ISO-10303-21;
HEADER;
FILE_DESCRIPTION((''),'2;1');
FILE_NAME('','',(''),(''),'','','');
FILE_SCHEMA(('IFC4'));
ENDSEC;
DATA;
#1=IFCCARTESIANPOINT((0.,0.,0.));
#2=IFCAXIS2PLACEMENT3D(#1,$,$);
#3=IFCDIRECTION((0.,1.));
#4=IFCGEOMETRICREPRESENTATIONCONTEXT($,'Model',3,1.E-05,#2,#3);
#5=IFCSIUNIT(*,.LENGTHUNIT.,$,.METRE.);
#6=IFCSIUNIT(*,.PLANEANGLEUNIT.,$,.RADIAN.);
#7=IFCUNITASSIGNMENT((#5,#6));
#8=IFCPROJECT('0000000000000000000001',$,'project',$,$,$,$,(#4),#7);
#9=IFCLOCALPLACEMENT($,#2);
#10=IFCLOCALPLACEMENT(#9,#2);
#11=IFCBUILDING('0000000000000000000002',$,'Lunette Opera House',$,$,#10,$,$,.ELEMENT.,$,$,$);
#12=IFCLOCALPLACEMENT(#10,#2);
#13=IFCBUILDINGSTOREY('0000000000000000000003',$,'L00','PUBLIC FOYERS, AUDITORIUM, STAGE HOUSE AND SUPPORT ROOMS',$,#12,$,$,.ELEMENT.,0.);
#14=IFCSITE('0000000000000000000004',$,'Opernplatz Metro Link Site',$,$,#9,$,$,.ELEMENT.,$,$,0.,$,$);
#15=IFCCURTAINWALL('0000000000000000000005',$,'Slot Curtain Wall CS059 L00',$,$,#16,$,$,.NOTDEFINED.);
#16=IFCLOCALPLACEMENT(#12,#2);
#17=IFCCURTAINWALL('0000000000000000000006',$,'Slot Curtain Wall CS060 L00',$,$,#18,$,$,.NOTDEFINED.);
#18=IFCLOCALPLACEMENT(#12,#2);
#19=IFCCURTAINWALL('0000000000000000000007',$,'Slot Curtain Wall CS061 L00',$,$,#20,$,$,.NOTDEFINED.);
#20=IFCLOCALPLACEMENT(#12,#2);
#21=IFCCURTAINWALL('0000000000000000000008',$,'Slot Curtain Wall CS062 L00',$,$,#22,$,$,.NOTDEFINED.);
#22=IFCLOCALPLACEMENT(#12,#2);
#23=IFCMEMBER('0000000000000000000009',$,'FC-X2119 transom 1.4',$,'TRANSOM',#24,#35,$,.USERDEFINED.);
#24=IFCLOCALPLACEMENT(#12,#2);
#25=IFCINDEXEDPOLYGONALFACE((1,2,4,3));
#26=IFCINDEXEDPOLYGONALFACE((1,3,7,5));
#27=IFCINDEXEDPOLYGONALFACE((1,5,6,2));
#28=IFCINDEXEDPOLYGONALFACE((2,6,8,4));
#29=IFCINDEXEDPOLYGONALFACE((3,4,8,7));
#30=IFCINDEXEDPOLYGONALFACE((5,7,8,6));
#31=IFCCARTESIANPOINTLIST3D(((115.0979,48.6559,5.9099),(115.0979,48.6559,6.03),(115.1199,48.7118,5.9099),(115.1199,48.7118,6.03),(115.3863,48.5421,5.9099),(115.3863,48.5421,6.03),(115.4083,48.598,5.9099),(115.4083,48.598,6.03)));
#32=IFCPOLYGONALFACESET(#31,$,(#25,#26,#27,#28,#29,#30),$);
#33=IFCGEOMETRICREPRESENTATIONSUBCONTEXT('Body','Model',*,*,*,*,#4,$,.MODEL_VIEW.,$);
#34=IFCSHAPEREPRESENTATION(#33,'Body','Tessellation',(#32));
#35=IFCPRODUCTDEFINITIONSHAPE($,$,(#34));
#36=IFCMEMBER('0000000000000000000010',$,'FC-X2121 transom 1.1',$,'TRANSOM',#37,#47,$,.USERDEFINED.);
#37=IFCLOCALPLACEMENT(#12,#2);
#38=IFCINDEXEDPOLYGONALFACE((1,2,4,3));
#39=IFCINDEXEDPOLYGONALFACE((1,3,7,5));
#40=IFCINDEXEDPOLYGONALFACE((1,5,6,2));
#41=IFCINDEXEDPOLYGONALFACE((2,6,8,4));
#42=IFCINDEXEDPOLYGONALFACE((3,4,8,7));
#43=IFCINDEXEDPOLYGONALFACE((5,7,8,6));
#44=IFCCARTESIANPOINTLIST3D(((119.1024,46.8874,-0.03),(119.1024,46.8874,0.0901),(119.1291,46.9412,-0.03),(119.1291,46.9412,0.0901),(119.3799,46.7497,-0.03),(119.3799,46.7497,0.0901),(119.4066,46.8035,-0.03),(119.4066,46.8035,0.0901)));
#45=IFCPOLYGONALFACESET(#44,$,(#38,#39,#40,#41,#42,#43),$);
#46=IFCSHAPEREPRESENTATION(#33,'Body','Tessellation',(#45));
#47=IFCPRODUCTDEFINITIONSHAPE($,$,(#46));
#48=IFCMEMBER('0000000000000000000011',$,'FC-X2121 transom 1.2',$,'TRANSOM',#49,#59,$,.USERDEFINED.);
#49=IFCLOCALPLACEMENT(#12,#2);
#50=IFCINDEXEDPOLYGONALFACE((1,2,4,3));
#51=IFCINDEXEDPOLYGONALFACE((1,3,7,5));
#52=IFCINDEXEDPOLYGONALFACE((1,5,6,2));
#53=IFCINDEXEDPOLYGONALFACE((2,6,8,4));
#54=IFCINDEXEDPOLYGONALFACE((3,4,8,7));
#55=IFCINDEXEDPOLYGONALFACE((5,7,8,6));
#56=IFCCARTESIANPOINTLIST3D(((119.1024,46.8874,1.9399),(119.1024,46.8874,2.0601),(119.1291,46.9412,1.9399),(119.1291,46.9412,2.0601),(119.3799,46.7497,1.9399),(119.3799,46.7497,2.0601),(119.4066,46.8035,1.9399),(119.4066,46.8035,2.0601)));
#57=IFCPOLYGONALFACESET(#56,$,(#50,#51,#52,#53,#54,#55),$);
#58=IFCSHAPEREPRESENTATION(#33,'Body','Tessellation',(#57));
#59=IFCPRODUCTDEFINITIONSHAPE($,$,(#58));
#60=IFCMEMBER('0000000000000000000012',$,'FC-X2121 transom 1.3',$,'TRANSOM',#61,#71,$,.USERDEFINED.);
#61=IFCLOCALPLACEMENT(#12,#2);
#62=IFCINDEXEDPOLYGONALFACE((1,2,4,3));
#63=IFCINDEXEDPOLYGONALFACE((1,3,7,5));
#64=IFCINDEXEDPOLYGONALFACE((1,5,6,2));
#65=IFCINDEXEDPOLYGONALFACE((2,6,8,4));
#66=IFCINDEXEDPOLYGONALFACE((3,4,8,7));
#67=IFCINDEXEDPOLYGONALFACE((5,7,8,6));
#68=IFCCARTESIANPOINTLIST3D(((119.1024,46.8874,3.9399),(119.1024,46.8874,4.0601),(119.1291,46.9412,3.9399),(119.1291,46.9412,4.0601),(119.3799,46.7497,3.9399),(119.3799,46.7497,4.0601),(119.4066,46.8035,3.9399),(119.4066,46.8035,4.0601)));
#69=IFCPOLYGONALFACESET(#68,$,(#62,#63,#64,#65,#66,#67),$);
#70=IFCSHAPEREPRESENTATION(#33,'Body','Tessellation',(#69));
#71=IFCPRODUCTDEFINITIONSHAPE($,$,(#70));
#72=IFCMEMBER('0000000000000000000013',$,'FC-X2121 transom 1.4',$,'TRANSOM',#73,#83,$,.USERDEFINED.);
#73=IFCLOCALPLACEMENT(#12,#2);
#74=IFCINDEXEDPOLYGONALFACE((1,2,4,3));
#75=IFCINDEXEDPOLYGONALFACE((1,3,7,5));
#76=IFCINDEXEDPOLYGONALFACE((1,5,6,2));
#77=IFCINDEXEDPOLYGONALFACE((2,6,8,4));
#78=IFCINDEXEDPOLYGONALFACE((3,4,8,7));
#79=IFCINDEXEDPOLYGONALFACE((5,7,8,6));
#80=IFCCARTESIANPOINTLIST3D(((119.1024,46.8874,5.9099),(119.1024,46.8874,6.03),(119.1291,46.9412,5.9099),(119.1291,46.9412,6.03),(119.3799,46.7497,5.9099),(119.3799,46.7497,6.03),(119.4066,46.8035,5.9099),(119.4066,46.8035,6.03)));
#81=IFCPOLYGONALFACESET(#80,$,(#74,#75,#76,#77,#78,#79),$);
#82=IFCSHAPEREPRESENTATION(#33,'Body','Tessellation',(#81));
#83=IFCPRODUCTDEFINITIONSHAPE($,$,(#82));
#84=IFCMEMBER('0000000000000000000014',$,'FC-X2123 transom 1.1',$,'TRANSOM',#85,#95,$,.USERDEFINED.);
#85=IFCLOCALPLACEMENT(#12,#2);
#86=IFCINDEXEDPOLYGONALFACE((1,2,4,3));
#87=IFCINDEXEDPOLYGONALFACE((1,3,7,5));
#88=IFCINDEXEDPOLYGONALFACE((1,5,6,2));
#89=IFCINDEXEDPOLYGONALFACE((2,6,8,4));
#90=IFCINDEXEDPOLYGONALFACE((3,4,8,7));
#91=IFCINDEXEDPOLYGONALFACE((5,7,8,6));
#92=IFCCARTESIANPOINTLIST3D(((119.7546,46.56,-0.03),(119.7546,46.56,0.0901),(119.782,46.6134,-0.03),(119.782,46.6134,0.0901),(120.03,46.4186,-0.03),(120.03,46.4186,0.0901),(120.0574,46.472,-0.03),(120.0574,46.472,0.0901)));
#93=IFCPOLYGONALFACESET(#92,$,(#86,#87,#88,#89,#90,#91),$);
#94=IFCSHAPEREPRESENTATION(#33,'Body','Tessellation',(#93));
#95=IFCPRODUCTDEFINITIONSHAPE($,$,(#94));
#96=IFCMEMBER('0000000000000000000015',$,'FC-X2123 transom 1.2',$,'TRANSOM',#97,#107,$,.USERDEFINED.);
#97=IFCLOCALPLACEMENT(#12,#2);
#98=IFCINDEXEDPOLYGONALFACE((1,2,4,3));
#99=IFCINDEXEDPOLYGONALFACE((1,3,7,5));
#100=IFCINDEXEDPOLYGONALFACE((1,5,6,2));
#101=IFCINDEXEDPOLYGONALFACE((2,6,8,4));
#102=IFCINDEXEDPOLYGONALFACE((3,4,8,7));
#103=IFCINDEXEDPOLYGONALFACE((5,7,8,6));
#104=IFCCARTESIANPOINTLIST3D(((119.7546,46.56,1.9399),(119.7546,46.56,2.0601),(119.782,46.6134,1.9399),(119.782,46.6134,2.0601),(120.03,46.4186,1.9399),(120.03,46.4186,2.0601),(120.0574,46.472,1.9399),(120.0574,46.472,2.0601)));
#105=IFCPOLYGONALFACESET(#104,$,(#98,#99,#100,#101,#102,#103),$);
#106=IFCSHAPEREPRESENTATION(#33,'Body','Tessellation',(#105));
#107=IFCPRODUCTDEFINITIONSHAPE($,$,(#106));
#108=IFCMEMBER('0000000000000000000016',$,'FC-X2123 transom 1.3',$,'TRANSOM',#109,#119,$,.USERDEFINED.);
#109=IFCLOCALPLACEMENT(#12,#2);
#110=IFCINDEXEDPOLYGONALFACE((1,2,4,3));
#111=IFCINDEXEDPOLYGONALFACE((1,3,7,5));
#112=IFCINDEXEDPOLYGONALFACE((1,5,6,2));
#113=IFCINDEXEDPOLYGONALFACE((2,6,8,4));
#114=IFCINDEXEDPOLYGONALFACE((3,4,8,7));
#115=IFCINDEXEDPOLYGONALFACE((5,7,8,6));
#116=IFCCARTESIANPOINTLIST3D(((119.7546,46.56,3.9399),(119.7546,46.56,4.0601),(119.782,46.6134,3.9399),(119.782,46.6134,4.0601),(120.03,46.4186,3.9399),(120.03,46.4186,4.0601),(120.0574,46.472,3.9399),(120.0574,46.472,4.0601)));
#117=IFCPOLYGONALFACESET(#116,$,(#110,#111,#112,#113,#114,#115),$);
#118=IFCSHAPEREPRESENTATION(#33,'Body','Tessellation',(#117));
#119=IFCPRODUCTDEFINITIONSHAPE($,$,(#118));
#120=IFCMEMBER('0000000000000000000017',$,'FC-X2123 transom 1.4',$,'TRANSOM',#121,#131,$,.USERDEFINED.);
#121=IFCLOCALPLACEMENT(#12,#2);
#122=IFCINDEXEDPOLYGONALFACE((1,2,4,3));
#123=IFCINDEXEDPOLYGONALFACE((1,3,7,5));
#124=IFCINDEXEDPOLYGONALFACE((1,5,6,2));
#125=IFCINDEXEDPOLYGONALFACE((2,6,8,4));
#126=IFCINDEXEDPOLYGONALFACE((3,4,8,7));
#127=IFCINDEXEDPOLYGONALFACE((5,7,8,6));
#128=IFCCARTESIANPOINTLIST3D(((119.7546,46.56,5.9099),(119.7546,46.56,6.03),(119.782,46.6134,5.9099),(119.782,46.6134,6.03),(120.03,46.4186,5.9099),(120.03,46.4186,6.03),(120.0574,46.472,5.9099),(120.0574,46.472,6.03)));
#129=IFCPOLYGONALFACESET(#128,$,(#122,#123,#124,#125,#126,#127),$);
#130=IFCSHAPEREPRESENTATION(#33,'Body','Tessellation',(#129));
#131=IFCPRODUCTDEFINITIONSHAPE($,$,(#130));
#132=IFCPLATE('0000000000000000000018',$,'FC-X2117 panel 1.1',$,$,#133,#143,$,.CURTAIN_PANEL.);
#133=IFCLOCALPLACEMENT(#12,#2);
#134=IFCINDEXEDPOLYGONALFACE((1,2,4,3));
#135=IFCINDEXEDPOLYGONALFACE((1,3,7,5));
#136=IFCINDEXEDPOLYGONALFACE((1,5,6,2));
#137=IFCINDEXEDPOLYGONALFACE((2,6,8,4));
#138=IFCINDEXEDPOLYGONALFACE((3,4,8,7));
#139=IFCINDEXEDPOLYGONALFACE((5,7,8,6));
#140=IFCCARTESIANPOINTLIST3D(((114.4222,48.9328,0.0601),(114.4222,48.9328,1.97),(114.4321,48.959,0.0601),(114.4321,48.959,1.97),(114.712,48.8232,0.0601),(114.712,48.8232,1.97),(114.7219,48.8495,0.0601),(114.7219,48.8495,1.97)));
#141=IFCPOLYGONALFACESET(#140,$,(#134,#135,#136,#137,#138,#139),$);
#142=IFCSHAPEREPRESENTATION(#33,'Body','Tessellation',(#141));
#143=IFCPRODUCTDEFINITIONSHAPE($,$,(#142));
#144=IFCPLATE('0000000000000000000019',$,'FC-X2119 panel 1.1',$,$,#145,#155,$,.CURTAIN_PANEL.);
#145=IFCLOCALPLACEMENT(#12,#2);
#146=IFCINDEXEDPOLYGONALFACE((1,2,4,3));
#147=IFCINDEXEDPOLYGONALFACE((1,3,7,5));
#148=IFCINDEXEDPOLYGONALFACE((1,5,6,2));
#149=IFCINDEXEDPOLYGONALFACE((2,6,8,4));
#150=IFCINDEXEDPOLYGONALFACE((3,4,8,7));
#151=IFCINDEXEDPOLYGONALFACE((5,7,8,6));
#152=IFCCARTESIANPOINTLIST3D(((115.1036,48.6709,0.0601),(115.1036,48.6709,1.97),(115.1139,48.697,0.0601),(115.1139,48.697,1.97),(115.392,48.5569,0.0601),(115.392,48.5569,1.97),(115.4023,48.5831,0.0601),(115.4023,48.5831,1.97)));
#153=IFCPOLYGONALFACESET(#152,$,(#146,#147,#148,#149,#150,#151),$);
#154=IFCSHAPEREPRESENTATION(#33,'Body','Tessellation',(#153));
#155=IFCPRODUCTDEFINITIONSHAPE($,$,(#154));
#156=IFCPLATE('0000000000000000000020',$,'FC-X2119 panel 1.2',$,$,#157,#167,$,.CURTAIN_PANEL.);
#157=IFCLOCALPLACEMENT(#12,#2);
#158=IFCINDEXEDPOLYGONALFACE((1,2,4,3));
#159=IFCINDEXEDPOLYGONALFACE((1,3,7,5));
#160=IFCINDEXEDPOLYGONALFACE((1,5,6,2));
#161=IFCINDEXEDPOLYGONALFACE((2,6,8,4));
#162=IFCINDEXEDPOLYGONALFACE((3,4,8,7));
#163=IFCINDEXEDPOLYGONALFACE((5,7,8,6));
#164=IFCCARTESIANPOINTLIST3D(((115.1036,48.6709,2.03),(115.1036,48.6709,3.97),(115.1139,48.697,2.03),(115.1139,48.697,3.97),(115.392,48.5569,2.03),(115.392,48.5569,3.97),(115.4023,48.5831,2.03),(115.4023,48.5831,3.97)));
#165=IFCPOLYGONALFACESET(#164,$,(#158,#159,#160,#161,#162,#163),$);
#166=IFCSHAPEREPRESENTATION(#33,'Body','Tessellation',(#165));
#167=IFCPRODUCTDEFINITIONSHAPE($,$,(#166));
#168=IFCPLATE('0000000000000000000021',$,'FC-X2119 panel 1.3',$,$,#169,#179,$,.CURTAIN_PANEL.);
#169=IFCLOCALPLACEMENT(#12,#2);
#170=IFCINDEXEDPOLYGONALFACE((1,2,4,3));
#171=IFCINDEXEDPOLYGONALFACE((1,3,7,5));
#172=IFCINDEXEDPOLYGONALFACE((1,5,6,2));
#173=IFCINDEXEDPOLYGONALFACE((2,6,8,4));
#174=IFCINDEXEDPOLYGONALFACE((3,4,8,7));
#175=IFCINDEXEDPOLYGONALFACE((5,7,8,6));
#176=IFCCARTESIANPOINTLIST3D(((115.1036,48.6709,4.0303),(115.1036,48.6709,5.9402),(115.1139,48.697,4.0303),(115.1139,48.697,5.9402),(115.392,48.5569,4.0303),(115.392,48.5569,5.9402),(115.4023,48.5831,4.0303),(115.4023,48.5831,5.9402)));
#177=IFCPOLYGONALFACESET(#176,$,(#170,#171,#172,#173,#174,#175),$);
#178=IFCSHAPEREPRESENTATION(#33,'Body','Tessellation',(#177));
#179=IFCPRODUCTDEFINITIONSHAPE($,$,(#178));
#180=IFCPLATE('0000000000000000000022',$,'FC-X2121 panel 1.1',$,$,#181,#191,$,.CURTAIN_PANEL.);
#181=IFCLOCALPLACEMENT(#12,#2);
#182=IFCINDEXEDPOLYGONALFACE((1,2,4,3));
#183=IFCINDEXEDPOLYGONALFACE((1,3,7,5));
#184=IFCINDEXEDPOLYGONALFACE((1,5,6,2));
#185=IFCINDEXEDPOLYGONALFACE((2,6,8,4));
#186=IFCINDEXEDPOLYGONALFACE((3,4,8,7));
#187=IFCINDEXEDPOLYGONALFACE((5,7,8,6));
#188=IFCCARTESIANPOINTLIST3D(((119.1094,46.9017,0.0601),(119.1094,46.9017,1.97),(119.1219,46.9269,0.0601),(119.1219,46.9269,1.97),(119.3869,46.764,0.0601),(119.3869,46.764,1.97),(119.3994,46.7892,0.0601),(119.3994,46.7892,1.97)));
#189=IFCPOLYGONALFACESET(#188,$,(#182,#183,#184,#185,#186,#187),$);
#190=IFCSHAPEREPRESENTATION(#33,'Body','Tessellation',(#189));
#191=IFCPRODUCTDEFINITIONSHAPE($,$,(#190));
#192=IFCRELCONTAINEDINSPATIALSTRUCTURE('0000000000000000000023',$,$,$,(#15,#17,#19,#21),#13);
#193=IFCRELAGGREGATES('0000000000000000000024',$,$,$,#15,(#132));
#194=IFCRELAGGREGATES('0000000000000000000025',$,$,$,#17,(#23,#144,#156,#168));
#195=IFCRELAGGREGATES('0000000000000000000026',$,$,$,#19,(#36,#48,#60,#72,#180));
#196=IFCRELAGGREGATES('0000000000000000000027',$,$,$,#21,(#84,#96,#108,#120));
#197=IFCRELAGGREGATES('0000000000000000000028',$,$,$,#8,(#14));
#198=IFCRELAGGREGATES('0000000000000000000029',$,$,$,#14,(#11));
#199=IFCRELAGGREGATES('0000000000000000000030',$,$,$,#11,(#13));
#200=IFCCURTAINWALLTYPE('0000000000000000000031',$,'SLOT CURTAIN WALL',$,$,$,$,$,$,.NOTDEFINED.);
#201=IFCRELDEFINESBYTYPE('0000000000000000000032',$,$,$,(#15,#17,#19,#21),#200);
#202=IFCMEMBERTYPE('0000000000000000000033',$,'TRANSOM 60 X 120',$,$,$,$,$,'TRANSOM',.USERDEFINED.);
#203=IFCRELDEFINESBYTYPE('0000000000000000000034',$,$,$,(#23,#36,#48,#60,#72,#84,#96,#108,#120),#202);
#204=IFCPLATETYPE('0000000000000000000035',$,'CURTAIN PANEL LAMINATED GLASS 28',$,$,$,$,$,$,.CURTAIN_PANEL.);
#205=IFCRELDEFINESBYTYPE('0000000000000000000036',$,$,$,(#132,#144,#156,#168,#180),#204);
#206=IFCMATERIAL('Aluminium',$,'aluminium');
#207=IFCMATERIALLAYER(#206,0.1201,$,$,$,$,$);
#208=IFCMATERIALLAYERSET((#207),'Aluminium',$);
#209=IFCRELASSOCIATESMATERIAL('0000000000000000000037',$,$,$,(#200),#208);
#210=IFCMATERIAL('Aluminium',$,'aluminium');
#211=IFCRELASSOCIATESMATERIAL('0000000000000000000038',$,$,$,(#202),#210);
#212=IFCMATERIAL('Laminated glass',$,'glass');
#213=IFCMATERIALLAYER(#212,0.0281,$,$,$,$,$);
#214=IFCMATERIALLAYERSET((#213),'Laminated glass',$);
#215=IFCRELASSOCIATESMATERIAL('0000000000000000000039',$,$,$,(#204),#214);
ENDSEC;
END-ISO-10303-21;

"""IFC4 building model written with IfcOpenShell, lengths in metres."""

from ifc_helpers import new_model, si_unit, direction, frame, origin, origin_2d, place, context, subcontext, project, spatial, rectangle, extrude, material, layer, layer_set, material_profile, profile_set, type_object, element, aggregate, save


model = new_model("IFC4")

# Units and contexts
model_context = context("Model", 3, precision=1e-05, world=origin(), true_north=direction((0.0, 1.0)))
body_context = subcontext(model_context, "Body", "Model", "MODEL_VIEW")
ifc_project = project(units=[si_unit("LENGTHUNIT", "METRE"), si_unit("PLANEANGLEUNIT", "RADIAN")], contexts=[model_context])

# Site, building, storey
site_placement = place(None, origin())
site = spatial("IfcSite", under=ifc_project, at=site_placement, Name="Opernplatz Metro Link Site", CompositionType="ELEMENT", RefElevation=0.0)
building_placement = place(site_placement, origin())
building = spatial("IfcBuilding", under=site, at=building_placement, Name="Lunette Opera House", CompositionType="ELEMENT")
storey_placement = place(building_placement, origin())
storey = spatial("IfcBuildingStorey", under=building, at=storey_placement, Name="L00", Description="PUBLIC FOYERS, AUDITORIUM, STAGE HOUSE AND SUPPORT ROOMS", CompositionType="ELEMENT", Elevation=0.0)

# Curtain wall
ifc_material_1 = material(Name="Aluminium", Category="aluminium")
ifc_layer_1 = layer(ifc_material_1, 0.1201)
ifc_layer_set_1 = layer_set([ifc_layer_1], Name="Aluminium")
curtain_wall_type = type_object("IfcCurtainWallType", Name="SLOT CURTAIN WALL", PredefinedType="NOTDEFINED", material=ifc_layer_set_1)
curtain_wall_1_placement = place(storey_placement, origin())
curtain_wall_1 = element("IfcCurtainWall", 1, at=curtain_wall_1_placement, inside=storey, type_object=curtain_wall_type, Name="Slot Curtain Wall CS059 L00", PredefinedType="NOTDEFINED")

# Curtain walls
curtain_wall_2_placement = place(storey_placement, origin())
curtain_wall_2 = element("IfcCurtainWall", 2, at=curtain_wall_2_placement, inside=storey, type_object=curtain_wall_type, Name="Slot Curtain Wall CS060 L00", PredefinedType="NOTDEFINED")
curtain_wall_3_placement = place(storey_placement, origin())
curtain_wall_3 = element("IfcCurtainWall", 3, at=curtain_wall_3_placement, inside=storey, type_object=curtain_wall_type, Name="Slot Curtain Wall CS061 L00", PredefinedType="NOTDEFINED")

# Curtain wall
curtain_wall_4_placement = place(storey_placement, origin())
curtain_wall_4 = element("IfcCurtainWall", 4, at=curtain_wall_4_placement, inside=storey, type_object=curtain_wall_type, Name="Slot Curtain Wall CS062 L00", PredefinedType="NOTDEFINED")

# Members
ifc_material_2 = material(Name="Aluminium", Category="aluminium")
ifc_material_profile_1 = material_profile(ifc_material_2, rectangle(XDim=0.0601, YDim=0.1201, at=origin_2d()), Name="TRANSOM 60 X 120")
ifc_profile_set_1 = profile_set([ifc_material_profile_1], Name="Aluminium")
member_type_1 = type_object("IfcMemberType", Name="TRANSOM 60 X 120", ElementType="TRANSOM", PredefinedType="USERDEFINED", material=ifc_profile_set_1)
member_1_placement = place(storey_placement, frame((115.1089, 48.6838, 5.97), z_axis=(0.930205, -0.367041, 0.0), x_axis=(0.367041, 0.930205, 0.0)))
member_1 = element("IfcMember", 5, at=member_1_placement, type_object=member_type_1, Name="FC-X2119 transom 1.4", ObjectType="TRANSOM", PredefinedType="USERDEFINED", context=body_context, shape_type="SweptSolid", body=[
    extrude(rectangle(XDim=0.0601, YDim=0.1201, at=origin_2d()), origin(), (0.0, 0.0, 1.0), 0.3101),
])
member_2_placement = place(storey_placement, frame((119.1157, 46.9143, 0.03), z_axis=(0.895841, -0.444375, 0.0), x_axis=(0.444375, 0.895841, 0.0)))
member_2 = element("IfcMember", 6, at=member_2_placement, type_object=member_type_1, Name="FC-X2121 transom 1.1", ObjectType="TRANSOM", PredefinedType="USERDEFINED", context=body_context, shape_type="SweptSolid", body=[
    extrude(rectangle(XDim=0.0601, YDim=0.1201, at=origin_2d()), origin(), (0.0, 0.0, 1.0), 0.3098),
])
member_3_placement = place(storey_placement, frame((119.1157, 46.9143, 2.0), z_axis=(0.895841, -0.444375, 0.0), x_axis=(0.444375, 0.895841, 0.0)))
member_3 = element("IfcMember", 7, at=member_3_placement, type_object=member_type_1, Name="FC-X2121 transom 1.2", ObjectType="TRANSOM", PredefinedType="USERDEFINED", context=body_context, shape_type="SweptSolid", body=[
    extrude(rectangle(XDim=0.0601, YDim=0.1201, at=origin_2d()), origin(), (0.0, 0.0, 1.0), 0.3098),
])
member_4_placement = place(storey_placement, frame((119.1157, 46.9143, 4.0), z_axis=(0.895841, -0.444375, 0.0), x_axis=(0.444375, 0.895841, 0.0)))
member_4 = element("IfcMember", 8, at=member_4_placement, type_object=member_type_1, Name="FC-X2121 transom 1.3", ObjectType="TRANSOM", PredefinedType="USERDEFINED", context=body_context, shape_type="SweptSolid", body=[
    extrude(rectangle(XDim=0.0601, YDim=0.1201, at=origin_2d()), origin(), (0.0, 0.0, 1.0), 0.3098),
])
member_5_placement = place(storey_placement, frame((119.1157, 46.9143, 5.97), z_axis=(0.895841, -0.444375, 0.0), x_axis=(0.444375, 0.895841, 0.0)))
member_5 = element("IfcMember", 9, at=member_5_placement, type_object=member_type_1, Name="FC-X2121 transom 1.4", ObjectType="TRANSOM", PredefinedType="USERDEFINED", context=body_context, shape_type="SweptSolid", body=[
    extrude(rectangle(XDim=0.0601, YDim=0.1201, at=origin_2d()), origin(), (0.0, 0.0, 1.0), 0.3098),
])
member_6_placement = place(storey_placement, frame((119.7683, 46.5867, 0.03), z_axis=(0.889645, -0.456653, 0.0), x_axis=(0.456653, 0.889645, 0.0)))
member_6 = element("IfcMember", 10, at=member_6_placement, type_object=member_type_1, Name="FC-X2123 transom 1.1", ObjectType="TRANSOM", PredefinedType="USERDEFINED", context=body_context, shape_type="SweptSolid", body=[
    extrude(rectangle(XDim=0.0601, YDim=0.1201, at=origin_2d()), origin(), (0.0, 0.0, 1.0), 0.3096),
])
member_7_placement = place(storey_placement, frame((119.7683, 46.5867, 2.0), z_axis=(0.889645, -0.456653, 0.0), x_axis=(0.456653, 0.889645, 0.0)))
member_7 = element("IfcMember", 11, at=member_7_placement, type_object=member_type_1, Name="FC-X2123 transom 1.2", ObjectType="TRANSOM", PredefinedType="USERDEFINED", context=body_context, shape_type="SweptSolid", body=[
    extrude(rectangle(XDim=0.0601, YDim=0.1201, at=origin_2d()), origin(), (0.0, 0.0, 1.0), 0.3096),
])
member_8_placement = place(storey_placement, frame((119.7683, 46.5867, 4.0), z_axis=(0.889645, -0.456653, 0.0), x_axis=(0.456653, 0.889645, 0.0)))
member_8 = element("IfcMember", 12, at=member_8_placement, type_object=member_type_1, Name="FC-X2123 transom 1.3", ObjectType="TRANSOM", PredefinedType="USERDEFINED", context=body_context, shape_type="SweptSolid", body=[
    extrude(rectangle(XDim=0.0601, YDim=0.1201, at=origin_2d()), origin(), (0.0, 0.0, 1.0), 0.3096),
])
member_9_placement = place(storey_placement, frame((119.7683, 46.5867, 5.97), z_axis=(0.889645, -0.456653, 0.0), x_axis=(0.456653, 0.889645, 0.0)))
member_9 = element("IfcMember", 13, at=member_9_placement, type_object=member_type_1, Name="FC-X2123 transom 1.4", ObjectType="TRANSOM", PredefinedType="USERDEFINED", context=body_context, shape_type="SweptSolid", body=[
    extrude(rectangle(XDim=0.0601, YDim=0.1201, at=origin_2d()), origin(), (0.0, 0.0, 1.0), 0.3096),
])

# Plates
ifc_material_3 = material(Name="Laminated glass", Category="glass")
ifc_layer_2 = layer(ifc_material_3, 0.0281)
ifc_layer_set_2 = layer_set([ifc_layer_2], Name="Laminated glass")
plate_type = type_object("IfcPlateType", Name="CURTAIN PANEL LAMINATED GLASS 28", PredefinedType="CURTAIN_PANEL", material=ifc_layer_set_2)
plate_1_placement = place(storey_placement, frame((114.572, 48.8911, 0.0601), z_axis=(0.0, 0.0, 1.0), x_axis=(0.935369, -0.353672, 0.0)))
plate_1 = element("IfcPlate", 14, at=plate_1_placement, type_object=plate_type, Name="FC-X2117 panel 1.1", PredefinedType="CURTAIN_PANEL", context=body_context, shape_type="SweptSolid", body=[
    extrude(rectangle(XDim=0.3098, YDim=0.0281, at=origin_2d()), origin(), (0.0, 0.0, 1.0), 1.9099),
])
aggregate(curtain_wall_1, [plate_1])
plate_2_placement = place(storey_placement, frame((115.2529, 48.627, 0.0601), z_axis=(0.0, 0.0, 1.0), x_axis=(0.930072, -0.367378, 0.0)))
plate_2 = element("IfcPlate", 15, at=plate_2_placement, type_object=plate_type, Name="FC-X2119 panel 1.1", PredefinedType="CURTAIN_PANEL", context=body_context, shape_type="SweptSolid", body=[
    extrude(rectangle(XDim=0.3101, YDim=0.0281, at=origin_2d()), origin(), (0.0, 0.0, 1.0), 1.9099),
])
plate_3_placement = place(storey_placement, frame((115.2529, 48.627, 2.03), z_axis=(0.0, 0.0, 1.0), x_axis=(0.930072, -0.367378, 0.0)))
plate_3 = element("IfcPlate", 16, at=plate_3_placement, type_object=plate_type, Name="FC-X2119 panel 1.2", PredefinedType="CURTAIN_PANEL", context=body_context, shape_type="SweptSolid", body=[
    extrude(rectangle(XDim=0.3101, YDim=0.0281, at=origin_2d()), origin(), (0.0, 0.0, 1.0), 1.9399),
])
plate_4_placement = place(storey_placement, frame((115.2529, 48.627, 4.0303), z_axis=(0.0, 0.0, 1.0), x_axis=(0.930072, -0.367378, 0.0)))
plate_4 = element("IfcPlate", 17, at=plate_4_placement, type_object=plate_type, Name="FC-X2119 panel 1.3", PredefinedType="CURTAIN_PANEL", context=body_context, shape_type="SweptSolid", body=[
    extrude(rectangle(XDim=0.3101, YDim=0.0281, at=origin_2d()), origin(), (0.0, 0.0, 1.0), 1.9099),
])
aggregate(curtain_wall_2, [member_1, plate_2, plate_3, plate_4])
plate_5_placement = place(storey_placement, frame((119.2544, 46.8455, 0.0601), z_axis=(0.0, 0.0, 1.0), x_axis=(0.895819, -0.444419, 0.0)))
plate_5 = element("IfcPlate", 18, at=plate_5_placement, type_object=plate_type, Name="FC-X2121 panel 1.1", PredefinedType="CURTAIN_PANEL", context=body_context, shape_type="SweptSolid", body=[
    extrude(rectangle(XDim=0.3098, YDim=0.0281, at=origin_2d()), origin(), (0.0, 0.0, 1.0), 1.9099),
])
aggregate(curtain_wall_3, [member_2, member_3, member_4, member_5, plate_5])
aggregate(curtain_wall_4, [member_6, member_7, member_8, member_9])

save(model, "model.ifc")
